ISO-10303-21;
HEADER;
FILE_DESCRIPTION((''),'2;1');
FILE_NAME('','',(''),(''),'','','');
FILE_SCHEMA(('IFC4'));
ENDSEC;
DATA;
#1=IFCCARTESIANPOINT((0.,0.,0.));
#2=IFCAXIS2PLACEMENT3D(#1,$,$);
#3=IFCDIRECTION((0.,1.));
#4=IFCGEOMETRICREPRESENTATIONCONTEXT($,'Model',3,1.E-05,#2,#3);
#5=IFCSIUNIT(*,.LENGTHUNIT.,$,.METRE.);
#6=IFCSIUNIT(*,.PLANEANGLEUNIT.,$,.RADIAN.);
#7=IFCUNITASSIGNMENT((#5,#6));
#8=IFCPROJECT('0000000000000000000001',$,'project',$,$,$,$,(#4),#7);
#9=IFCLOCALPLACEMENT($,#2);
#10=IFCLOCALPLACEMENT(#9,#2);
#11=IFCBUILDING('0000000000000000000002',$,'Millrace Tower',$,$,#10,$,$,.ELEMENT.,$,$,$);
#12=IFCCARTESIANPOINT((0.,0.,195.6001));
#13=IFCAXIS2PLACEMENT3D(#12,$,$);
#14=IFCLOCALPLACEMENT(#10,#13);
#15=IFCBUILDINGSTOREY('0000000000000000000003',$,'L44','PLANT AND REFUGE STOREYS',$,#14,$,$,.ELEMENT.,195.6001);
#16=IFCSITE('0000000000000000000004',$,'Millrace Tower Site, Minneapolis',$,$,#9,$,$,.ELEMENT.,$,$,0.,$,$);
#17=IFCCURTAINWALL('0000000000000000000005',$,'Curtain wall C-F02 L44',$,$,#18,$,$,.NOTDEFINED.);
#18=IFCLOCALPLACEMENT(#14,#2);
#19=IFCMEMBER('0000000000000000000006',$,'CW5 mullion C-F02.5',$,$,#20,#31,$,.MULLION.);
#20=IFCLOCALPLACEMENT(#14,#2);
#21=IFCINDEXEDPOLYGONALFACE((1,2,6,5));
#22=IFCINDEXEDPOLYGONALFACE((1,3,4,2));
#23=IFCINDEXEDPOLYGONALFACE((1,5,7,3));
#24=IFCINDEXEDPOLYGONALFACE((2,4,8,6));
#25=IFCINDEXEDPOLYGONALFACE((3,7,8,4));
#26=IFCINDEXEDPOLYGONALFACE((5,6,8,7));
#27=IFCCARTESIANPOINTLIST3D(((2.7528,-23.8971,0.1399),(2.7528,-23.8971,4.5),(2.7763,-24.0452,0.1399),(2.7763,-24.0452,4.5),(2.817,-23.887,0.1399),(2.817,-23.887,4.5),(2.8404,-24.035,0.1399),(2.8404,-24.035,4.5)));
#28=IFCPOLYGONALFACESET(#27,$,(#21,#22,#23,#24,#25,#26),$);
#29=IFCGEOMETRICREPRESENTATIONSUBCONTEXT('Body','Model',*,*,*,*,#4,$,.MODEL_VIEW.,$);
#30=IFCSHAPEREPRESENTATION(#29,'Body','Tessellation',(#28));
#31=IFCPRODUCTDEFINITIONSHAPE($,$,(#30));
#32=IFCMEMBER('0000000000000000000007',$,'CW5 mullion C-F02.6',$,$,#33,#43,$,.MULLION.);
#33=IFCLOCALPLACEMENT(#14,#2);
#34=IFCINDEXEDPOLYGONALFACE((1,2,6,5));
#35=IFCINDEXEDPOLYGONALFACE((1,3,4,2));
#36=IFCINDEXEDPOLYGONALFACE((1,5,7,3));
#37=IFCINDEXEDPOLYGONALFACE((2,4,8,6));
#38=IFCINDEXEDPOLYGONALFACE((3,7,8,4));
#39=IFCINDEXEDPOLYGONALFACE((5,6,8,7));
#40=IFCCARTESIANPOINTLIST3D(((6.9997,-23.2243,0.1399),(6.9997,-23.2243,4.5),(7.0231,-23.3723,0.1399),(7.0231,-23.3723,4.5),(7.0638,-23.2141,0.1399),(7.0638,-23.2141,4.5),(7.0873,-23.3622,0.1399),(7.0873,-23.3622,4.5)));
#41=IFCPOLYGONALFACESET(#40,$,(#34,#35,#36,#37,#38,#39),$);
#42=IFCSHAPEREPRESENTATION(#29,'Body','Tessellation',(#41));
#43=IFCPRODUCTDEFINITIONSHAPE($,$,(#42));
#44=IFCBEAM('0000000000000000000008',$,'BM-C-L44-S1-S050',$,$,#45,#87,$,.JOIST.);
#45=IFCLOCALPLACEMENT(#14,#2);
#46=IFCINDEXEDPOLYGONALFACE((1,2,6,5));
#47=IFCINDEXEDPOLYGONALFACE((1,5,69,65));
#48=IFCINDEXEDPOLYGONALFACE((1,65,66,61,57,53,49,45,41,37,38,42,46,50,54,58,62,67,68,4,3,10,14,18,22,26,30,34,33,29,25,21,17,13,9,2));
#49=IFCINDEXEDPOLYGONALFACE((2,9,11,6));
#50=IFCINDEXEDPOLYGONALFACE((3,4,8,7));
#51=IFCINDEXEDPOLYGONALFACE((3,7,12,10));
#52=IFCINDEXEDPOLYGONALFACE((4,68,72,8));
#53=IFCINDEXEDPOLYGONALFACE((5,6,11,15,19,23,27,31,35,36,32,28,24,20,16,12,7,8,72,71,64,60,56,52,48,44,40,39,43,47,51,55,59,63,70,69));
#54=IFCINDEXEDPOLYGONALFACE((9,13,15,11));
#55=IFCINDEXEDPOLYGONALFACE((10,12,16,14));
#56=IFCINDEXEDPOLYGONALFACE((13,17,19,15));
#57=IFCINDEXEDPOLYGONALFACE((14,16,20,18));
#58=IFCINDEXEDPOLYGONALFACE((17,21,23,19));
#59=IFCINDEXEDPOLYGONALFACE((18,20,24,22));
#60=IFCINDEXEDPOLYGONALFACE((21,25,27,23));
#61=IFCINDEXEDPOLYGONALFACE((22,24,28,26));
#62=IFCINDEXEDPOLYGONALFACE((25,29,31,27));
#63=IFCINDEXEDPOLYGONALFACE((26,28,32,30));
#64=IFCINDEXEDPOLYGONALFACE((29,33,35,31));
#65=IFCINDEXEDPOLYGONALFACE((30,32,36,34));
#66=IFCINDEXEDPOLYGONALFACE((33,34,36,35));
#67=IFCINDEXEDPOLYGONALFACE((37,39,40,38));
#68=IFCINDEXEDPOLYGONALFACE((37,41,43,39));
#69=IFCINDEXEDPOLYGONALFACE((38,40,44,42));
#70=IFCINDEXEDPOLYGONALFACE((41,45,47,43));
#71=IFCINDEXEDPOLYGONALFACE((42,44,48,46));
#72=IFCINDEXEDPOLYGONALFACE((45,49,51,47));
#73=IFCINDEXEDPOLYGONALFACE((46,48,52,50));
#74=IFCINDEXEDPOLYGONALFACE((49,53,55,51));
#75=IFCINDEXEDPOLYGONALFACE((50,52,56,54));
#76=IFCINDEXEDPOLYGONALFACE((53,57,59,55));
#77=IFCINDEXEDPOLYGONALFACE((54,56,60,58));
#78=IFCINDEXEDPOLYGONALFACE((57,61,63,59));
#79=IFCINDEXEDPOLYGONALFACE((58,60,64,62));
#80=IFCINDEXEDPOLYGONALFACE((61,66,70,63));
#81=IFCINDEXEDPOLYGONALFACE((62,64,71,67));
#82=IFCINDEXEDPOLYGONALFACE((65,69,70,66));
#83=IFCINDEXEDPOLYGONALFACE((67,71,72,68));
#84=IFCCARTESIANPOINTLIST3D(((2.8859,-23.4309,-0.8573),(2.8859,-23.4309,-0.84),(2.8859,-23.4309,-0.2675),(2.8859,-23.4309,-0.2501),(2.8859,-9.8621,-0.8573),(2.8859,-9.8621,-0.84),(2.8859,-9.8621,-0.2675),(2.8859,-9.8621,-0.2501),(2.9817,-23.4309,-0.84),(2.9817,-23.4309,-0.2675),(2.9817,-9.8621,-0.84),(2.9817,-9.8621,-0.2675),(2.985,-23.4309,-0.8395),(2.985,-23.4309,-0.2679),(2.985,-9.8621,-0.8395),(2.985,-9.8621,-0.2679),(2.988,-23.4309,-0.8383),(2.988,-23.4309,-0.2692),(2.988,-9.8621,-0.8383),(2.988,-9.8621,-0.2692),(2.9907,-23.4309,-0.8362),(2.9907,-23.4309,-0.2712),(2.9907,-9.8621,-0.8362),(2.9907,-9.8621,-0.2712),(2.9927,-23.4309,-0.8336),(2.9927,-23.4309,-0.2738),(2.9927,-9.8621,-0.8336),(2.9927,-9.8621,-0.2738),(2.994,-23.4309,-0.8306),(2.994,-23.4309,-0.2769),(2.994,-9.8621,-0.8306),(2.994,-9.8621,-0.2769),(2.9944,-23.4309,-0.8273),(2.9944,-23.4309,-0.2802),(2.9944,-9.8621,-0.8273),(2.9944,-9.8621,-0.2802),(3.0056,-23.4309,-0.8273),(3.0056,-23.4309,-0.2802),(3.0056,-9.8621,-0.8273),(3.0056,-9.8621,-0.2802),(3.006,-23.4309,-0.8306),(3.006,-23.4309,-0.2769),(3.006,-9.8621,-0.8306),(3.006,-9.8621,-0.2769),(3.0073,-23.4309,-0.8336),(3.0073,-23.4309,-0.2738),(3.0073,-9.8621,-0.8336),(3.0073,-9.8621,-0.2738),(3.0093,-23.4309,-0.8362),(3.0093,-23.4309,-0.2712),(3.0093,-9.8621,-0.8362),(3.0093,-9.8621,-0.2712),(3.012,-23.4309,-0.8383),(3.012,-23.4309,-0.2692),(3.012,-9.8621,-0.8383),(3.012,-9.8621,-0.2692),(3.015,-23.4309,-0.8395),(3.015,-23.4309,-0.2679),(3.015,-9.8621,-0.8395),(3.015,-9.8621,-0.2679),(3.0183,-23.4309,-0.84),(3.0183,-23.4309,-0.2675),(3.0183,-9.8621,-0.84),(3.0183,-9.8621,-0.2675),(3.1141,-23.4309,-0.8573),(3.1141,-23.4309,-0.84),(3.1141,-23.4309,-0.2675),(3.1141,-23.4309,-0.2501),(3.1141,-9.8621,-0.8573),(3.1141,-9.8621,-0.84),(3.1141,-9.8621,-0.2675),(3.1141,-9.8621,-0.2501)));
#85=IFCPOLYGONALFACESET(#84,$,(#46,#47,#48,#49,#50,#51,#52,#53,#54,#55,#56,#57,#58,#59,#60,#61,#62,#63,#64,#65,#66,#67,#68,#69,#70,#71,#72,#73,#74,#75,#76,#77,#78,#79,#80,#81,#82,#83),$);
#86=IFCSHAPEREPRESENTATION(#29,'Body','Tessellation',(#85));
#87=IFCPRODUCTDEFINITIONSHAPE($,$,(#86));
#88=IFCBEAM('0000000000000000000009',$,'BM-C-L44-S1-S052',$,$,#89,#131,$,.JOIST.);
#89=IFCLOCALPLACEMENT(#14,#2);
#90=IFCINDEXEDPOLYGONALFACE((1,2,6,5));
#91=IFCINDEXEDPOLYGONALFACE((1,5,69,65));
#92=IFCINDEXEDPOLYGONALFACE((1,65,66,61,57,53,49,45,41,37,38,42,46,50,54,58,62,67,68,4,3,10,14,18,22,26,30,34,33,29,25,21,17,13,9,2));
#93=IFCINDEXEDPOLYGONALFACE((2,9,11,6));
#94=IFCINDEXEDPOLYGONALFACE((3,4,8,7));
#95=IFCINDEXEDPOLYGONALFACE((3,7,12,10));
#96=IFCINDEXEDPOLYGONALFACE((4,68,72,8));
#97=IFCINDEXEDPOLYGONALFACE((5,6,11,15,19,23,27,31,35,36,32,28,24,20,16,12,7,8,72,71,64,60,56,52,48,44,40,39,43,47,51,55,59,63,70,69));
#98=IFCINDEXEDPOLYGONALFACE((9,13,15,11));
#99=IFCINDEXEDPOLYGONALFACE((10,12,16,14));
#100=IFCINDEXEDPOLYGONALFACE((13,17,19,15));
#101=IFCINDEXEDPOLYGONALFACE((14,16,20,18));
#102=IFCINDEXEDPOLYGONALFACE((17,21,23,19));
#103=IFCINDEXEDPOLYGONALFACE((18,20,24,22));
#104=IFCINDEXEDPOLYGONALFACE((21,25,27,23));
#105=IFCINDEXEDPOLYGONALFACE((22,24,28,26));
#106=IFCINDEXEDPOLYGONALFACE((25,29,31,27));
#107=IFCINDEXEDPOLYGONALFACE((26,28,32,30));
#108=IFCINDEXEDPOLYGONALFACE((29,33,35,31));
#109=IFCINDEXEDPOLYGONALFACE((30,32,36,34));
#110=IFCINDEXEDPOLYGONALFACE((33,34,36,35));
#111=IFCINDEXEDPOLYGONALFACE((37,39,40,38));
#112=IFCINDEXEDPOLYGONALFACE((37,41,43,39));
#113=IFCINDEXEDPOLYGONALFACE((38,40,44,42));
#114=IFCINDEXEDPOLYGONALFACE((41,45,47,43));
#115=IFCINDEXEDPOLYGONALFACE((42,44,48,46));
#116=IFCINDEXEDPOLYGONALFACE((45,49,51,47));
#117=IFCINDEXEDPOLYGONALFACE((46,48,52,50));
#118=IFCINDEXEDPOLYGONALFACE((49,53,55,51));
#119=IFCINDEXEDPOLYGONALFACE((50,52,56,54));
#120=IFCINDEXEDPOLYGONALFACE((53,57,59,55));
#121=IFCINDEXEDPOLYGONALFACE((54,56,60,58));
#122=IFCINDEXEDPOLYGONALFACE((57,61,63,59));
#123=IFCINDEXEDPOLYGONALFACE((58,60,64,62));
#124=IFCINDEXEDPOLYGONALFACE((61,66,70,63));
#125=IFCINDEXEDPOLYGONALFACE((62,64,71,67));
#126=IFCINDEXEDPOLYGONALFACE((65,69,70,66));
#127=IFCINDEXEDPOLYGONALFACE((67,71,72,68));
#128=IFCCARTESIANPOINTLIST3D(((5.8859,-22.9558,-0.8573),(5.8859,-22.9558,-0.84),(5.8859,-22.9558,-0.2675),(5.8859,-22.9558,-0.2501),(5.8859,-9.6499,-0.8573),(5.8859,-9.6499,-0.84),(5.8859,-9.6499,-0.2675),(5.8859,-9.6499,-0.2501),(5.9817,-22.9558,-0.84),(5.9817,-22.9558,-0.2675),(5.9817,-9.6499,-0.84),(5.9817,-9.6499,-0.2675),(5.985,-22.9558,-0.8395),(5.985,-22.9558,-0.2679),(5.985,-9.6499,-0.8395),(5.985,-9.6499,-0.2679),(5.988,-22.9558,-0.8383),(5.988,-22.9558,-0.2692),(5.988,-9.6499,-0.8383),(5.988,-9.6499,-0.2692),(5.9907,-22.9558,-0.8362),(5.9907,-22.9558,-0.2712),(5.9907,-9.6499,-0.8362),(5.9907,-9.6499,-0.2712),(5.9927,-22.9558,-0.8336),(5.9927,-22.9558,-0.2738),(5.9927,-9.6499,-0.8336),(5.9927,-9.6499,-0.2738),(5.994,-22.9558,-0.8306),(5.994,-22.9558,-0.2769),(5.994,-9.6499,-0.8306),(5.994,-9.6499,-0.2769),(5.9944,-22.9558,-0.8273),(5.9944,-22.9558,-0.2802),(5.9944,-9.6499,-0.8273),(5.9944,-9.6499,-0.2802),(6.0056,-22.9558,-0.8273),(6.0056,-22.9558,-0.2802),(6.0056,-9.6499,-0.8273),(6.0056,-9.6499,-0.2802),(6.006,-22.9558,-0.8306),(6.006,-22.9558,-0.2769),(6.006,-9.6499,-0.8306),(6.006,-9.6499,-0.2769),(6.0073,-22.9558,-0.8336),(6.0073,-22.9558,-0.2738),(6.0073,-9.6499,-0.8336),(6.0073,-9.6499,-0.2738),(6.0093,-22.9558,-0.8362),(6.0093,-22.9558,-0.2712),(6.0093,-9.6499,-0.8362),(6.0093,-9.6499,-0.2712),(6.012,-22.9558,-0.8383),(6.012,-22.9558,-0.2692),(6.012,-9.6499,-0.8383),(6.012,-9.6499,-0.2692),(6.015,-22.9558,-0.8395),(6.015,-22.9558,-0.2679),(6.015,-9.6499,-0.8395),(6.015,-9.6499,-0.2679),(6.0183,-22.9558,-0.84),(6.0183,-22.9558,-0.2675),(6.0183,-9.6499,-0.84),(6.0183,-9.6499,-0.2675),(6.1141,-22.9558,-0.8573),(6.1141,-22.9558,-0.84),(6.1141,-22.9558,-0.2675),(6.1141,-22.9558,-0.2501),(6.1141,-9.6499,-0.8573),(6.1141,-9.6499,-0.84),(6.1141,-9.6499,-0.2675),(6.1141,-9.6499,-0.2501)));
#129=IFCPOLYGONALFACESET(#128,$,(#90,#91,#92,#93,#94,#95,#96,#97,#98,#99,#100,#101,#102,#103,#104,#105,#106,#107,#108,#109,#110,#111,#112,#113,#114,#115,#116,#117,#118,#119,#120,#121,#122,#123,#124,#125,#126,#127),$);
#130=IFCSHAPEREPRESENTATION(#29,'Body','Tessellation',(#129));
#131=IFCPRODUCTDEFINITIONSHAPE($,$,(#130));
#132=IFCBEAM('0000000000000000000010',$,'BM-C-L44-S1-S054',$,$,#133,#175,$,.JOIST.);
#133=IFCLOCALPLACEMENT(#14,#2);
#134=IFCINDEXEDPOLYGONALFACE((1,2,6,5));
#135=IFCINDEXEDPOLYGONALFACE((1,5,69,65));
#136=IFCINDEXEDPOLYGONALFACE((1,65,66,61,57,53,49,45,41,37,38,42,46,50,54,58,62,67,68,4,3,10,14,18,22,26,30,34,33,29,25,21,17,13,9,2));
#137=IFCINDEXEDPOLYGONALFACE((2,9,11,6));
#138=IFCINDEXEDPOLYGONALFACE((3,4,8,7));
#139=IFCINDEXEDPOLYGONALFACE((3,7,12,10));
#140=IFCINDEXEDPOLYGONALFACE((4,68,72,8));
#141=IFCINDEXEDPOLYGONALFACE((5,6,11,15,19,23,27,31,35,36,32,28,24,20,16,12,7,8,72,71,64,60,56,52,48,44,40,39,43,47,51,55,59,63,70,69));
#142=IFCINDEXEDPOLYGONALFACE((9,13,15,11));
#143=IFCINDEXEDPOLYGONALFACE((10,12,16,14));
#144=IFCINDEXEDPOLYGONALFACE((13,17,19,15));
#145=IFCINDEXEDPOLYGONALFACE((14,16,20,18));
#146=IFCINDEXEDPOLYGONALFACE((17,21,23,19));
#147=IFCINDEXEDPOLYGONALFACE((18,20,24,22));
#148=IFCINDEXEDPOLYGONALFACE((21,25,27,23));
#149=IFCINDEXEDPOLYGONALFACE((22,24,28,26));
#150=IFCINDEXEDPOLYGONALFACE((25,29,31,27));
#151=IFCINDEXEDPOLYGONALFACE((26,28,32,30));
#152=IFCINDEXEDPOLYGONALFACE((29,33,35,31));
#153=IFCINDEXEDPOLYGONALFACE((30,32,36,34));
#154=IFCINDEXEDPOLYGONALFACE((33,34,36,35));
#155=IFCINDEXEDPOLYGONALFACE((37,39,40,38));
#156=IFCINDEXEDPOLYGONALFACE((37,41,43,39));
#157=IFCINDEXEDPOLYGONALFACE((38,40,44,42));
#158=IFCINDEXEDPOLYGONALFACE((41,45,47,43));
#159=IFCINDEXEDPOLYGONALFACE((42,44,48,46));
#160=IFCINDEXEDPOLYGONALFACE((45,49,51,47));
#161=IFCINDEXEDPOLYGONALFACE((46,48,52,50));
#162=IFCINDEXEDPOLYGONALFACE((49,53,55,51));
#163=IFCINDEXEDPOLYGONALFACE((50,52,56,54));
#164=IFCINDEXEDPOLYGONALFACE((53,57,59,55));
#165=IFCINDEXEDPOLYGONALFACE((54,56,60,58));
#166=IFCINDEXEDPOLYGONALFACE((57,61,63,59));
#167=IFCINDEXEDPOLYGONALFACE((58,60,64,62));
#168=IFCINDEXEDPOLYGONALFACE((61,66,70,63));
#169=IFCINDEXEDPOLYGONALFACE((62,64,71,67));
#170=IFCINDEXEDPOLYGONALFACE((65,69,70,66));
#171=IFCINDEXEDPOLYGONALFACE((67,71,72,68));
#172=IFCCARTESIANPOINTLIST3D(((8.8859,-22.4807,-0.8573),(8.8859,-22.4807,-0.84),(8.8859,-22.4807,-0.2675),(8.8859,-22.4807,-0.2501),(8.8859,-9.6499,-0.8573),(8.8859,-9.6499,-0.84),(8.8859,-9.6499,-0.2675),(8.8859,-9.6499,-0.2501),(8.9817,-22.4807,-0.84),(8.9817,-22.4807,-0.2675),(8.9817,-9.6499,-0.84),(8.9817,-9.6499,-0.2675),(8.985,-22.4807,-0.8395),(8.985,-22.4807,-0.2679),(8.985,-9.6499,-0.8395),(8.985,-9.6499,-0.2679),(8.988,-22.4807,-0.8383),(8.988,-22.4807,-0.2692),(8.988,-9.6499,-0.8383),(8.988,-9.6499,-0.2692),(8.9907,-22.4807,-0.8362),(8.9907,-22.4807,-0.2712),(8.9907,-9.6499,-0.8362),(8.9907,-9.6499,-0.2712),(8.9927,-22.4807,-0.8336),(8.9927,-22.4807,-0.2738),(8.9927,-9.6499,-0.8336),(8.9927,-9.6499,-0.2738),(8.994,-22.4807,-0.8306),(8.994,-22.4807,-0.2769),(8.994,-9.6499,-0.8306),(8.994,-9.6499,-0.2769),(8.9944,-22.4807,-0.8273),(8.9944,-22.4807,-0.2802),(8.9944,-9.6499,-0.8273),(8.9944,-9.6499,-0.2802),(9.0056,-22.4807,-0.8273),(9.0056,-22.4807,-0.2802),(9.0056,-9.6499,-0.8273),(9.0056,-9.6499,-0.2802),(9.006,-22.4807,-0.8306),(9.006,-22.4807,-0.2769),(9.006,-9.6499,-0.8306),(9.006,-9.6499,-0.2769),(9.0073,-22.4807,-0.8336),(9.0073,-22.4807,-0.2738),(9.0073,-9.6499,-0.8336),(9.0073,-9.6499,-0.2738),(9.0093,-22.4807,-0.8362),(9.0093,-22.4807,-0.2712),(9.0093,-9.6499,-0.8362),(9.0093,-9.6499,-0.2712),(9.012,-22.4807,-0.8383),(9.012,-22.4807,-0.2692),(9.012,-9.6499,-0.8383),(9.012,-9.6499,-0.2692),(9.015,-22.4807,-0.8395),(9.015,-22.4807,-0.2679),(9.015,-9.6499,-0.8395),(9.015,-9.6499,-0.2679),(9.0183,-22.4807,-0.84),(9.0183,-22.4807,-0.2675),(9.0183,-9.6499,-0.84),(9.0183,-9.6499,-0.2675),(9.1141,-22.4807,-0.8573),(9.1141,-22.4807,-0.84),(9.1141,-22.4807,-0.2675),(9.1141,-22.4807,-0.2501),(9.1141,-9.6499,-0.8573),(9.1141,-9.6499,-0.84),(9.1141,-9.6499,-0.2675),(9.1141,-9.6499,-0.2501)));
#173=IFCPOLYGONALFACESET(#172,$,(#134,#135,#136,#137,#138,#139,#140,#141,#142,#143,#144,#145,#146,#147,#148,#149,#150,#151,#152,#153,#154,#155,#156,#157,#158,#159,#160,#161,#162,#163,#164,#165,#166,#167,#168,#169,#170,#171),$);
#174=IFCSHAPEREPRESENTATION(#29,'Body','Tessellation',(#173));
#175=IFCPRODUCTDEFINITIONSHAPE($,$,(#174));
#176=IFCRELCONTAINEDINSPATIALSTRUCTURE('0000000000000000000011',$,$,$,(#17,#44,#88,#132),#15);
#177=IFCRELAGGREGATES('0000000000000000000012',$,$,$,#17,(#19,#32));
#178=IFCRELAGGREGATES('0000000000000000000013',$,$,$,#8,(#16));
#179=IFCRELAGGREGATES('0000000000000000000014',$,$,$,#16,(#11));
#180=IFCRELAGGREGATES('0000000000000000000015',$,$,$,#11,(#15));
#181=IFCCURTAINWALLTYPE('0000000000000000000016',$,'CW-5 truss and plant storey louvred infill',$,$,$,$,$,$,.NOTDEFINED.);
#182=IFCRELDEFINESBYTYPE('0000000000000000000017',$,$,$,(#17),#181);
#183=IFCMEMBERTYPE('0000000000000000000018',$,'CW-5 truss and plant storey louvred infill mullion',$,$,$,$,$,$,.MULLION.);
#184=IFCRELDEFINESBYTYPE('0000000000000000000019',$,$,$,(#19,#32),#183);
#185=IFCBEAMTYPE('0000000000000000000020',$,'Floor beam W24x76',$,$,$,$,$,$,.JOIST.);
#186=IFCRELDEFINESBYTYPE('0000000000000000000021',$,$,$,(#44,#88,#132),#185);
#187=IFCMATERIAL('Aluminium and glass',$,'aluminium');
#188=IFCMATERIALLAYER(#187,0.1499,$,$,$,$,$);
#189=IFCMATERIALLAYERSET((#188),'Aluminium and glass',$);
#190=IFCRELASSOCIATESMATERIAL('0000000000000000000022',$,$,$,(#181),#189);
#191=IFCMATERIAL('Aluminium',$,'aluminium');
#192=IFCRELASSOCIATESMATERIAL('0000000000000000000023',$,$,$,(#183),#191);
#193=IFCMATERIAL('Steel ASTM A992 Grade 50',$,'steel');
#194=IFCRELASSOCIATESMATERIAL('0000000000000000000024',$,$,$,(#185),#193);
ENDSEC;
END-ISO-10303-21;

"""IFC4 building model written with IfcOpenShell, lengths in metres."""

from ifc_helpers import new_model, si_unit, direction, frame, origin, origin_2d, place, context, subcontext, project, spatial, rectangle, i_section, extrude, material, layer, layer_set, material_profile, profile_set, type_object, element, aggregate, save


model = new_model("IFC4")

# Units and contexts
model_context = context("Model", 3, precision=1e-05, world=origin(), true_north=direction((0.0, 1.0)))
body_context = subcontext(model_context, "Body", "Model", "MODEL_VIEW")
ifc_project = project(units=[si_unit("LENGTHUNIT", "METRE"), si_unit("PLANEANGLEUNIT", "RADIAN")], contexts=[model_context])

# Site, building, storey
site_placement = place(None, origin())
site = spatial("IfcSite", under=ifc_project, at=site_placement, Name="Millrace Tower Site, Minneapolis", CompositionType="ELEMENT", RefElevation=0.0)
building_placement = place(site_placement, origin())
building = spatial("IfcBuilding", under=site, at=building_placement, Name="Millrace Tower", CompositionType="ELEMENT")
storey_placement = place(building_placement, frame((0.0, 0.0, 195.6001)))
storey = spatial("IfcBuildingStorey", under=building, at=storey_placement, Name="L44", Description="PLANT AND REFUGE STOREYS", CompositionType="ELEMENT", Elevation=195.6001)

# Curtain wall, members
ifc_material_1 = material(Name="Aluminium and glass", Category="aluminium")
ifc_layer_1 = layer(ifc_material_1, 0.1499)
ifc_layer_set_1 = layer_set([ifc_layer_1], Name="Aluminium and glass")
curtain_wall_type = type_object("IfcCurtainWallType", Name="CW-5 truss and plant storey louvred infill", PredefinedType="NOTDEFINED", material=ifc_layer_set_1)
curtain_wall_placement = place(storey_placement, origin())
curtain_wall = element("IfcCurtainWall", 1, at=curtain_wall_placement, inside=storey, type_object=curtain_wall_type, Name="Curtain wall C-F02 L44", PredefinedType="NOTDEFINED")
ifc_material_2 = material(Name="Aluminium", Category="aluminium")
ifc_material_profile_1 = material_profile(ifc_material_2, rectangle(XDim=0.0649, YDim=0.1499, at=origin_2d()))
ifc_profile_set_1 = profile_set([ifc_material_profile_1], Name="Aluminium")
member_type_1 = type_object("IfcMemberType", Name="CW-5 truss and plant storey louvred infill mullion", PredefinedType="MULLION", material=ifc_profile_set_1)
member_1_placement = place(storey_placement, frame((2.7966, -23.9661, 0.1399), z_axis=(0.0, 0.0, 1.0), x_axis=(0.987688, 0.156434, 0.0)))
member_1 = element("IfcMember", 2, at=member_1_placement, type_object=member_type_1, Name="CW5 mullion C-F02.5", PredefinedType="MULLION", context=body_context, shape_type="SweptSolid", body=[
    extrude(rectangle(XDim=0.0649, YDim=0.1499, at=origin_2d()), origin(), (0.0, 0.0, 1.0), 4.3601),
])
member_2_placement = place(storey_placement, frame((7.0435, -23.2932, 0.1399), z_axis=(0.0, 0.0, 1.0), x_axis=(0.987688, 0.156434, 0.0)))
member_2 = element("IfcMember", 3, at=member_2_placement, type_object=member_type_1, Name="CW5 mullion C-F02.6", PredefinedType="MULLION", context=body_context, shape_type="SweptSolid", body=[
    extrude(rectangle(XDim=0.0649, YDim=0.1499, at=origin_2d()), origin(), (0.0, 0.0, 1.0), 4.3601),
])
aggregate(curtain_wall, [member_1, member_2])

# Beams
ifc_material_3 = material(Name="Steel ASTM A992 Grade 50", Category="steel")
ifc_material_profile_2 = material_profile(ifc_material_3, i_section(OverallWidth=0.2283, OverallDepth=0.6072, WebThickness=0.0112, FlangeThickness=0.0173, FilletRadius=0.0127, at=origin_2d()))
ifc_profile_set_2 = profile_set([ifc_material_profile_2], Name="Steel ASTM A992 Grade 50")
beam_type_1 = type_object("IfcBeamType", Name="Floor beam W24x76", PredefinedType="JOIST", material=ifc_profile_set_2)
beam_1_placement = place(storey_placement, frame((3.0, -23.4309, -0.5537), z_axis=(0.0, 1.0, 0.0), x_axis=(-1.0, 0.0, 0.0)))
element("IfcBeam", 4, at=beam_1_placement, inside=storey, type_object=beam_type_1, Name="BM-C-L44-S1-S050", PredefinedType="JOIST", context=body_context, shape_type="SweptSolid", body=[
    extrude(i_section(OverallWidth=0.2283, OverallDepth=0.6072, WebThickness=0.0112, FlangeThickness=0.0173, FilletRadius=0.0127, at=origin_2d()), origin(), (0.0, 0.0, 1.0), 13.5688),
])
beam_2_placement = place(storey_placement, frame((6.0, -22.9558, -0.5537), z_axis=(0.0, 1.0, 0.0), x_axis=(-1.0, 0.0, 0.0)))
element("IfcBeam", 5, at=beam_2_placement, inside=storey, type_object=beam_type_1, Name="BM-C-L44-S1-S052", PredefinedType="JOIST", context=body_context, shape_type="SweptSolid", body=[
    extrude(i_section(OverallWidth=0.2283, OverallDepth=0.6072, WebThickness=0.0112, FlangeThickness=0.0173, FilletRadius=0.0127, at=origin_2d()), origin(), (0.0, 0.0, 1.0), 13.3059),
])
beam_3_placement = place(storey_placement, frame((9.0, -22.4807, -0.5537), z_axis=(0.0, 1.0, 0.0), x_axis=(-1.0, 0.0, 0.0)))
element("IfcBeam", 6, at=beam_3_placement, inside=storey, type_object=beam_type_1, Name="BM-C-L44-S1-S054", PredefinedType="JOIST", context=body_context, shape_type="SweptSolid", body=[
    extrude(i_section(OverallWidth=0.2283, OverallDepth=0.6072, WebThickness=0.0112, FlangeThickness=0.0173, FilletRadius=0.0127, at=origin_2d()), origin(), (0.0, 0.0, 1.0), 12.8308),
])

save(model, "model.ifc")
